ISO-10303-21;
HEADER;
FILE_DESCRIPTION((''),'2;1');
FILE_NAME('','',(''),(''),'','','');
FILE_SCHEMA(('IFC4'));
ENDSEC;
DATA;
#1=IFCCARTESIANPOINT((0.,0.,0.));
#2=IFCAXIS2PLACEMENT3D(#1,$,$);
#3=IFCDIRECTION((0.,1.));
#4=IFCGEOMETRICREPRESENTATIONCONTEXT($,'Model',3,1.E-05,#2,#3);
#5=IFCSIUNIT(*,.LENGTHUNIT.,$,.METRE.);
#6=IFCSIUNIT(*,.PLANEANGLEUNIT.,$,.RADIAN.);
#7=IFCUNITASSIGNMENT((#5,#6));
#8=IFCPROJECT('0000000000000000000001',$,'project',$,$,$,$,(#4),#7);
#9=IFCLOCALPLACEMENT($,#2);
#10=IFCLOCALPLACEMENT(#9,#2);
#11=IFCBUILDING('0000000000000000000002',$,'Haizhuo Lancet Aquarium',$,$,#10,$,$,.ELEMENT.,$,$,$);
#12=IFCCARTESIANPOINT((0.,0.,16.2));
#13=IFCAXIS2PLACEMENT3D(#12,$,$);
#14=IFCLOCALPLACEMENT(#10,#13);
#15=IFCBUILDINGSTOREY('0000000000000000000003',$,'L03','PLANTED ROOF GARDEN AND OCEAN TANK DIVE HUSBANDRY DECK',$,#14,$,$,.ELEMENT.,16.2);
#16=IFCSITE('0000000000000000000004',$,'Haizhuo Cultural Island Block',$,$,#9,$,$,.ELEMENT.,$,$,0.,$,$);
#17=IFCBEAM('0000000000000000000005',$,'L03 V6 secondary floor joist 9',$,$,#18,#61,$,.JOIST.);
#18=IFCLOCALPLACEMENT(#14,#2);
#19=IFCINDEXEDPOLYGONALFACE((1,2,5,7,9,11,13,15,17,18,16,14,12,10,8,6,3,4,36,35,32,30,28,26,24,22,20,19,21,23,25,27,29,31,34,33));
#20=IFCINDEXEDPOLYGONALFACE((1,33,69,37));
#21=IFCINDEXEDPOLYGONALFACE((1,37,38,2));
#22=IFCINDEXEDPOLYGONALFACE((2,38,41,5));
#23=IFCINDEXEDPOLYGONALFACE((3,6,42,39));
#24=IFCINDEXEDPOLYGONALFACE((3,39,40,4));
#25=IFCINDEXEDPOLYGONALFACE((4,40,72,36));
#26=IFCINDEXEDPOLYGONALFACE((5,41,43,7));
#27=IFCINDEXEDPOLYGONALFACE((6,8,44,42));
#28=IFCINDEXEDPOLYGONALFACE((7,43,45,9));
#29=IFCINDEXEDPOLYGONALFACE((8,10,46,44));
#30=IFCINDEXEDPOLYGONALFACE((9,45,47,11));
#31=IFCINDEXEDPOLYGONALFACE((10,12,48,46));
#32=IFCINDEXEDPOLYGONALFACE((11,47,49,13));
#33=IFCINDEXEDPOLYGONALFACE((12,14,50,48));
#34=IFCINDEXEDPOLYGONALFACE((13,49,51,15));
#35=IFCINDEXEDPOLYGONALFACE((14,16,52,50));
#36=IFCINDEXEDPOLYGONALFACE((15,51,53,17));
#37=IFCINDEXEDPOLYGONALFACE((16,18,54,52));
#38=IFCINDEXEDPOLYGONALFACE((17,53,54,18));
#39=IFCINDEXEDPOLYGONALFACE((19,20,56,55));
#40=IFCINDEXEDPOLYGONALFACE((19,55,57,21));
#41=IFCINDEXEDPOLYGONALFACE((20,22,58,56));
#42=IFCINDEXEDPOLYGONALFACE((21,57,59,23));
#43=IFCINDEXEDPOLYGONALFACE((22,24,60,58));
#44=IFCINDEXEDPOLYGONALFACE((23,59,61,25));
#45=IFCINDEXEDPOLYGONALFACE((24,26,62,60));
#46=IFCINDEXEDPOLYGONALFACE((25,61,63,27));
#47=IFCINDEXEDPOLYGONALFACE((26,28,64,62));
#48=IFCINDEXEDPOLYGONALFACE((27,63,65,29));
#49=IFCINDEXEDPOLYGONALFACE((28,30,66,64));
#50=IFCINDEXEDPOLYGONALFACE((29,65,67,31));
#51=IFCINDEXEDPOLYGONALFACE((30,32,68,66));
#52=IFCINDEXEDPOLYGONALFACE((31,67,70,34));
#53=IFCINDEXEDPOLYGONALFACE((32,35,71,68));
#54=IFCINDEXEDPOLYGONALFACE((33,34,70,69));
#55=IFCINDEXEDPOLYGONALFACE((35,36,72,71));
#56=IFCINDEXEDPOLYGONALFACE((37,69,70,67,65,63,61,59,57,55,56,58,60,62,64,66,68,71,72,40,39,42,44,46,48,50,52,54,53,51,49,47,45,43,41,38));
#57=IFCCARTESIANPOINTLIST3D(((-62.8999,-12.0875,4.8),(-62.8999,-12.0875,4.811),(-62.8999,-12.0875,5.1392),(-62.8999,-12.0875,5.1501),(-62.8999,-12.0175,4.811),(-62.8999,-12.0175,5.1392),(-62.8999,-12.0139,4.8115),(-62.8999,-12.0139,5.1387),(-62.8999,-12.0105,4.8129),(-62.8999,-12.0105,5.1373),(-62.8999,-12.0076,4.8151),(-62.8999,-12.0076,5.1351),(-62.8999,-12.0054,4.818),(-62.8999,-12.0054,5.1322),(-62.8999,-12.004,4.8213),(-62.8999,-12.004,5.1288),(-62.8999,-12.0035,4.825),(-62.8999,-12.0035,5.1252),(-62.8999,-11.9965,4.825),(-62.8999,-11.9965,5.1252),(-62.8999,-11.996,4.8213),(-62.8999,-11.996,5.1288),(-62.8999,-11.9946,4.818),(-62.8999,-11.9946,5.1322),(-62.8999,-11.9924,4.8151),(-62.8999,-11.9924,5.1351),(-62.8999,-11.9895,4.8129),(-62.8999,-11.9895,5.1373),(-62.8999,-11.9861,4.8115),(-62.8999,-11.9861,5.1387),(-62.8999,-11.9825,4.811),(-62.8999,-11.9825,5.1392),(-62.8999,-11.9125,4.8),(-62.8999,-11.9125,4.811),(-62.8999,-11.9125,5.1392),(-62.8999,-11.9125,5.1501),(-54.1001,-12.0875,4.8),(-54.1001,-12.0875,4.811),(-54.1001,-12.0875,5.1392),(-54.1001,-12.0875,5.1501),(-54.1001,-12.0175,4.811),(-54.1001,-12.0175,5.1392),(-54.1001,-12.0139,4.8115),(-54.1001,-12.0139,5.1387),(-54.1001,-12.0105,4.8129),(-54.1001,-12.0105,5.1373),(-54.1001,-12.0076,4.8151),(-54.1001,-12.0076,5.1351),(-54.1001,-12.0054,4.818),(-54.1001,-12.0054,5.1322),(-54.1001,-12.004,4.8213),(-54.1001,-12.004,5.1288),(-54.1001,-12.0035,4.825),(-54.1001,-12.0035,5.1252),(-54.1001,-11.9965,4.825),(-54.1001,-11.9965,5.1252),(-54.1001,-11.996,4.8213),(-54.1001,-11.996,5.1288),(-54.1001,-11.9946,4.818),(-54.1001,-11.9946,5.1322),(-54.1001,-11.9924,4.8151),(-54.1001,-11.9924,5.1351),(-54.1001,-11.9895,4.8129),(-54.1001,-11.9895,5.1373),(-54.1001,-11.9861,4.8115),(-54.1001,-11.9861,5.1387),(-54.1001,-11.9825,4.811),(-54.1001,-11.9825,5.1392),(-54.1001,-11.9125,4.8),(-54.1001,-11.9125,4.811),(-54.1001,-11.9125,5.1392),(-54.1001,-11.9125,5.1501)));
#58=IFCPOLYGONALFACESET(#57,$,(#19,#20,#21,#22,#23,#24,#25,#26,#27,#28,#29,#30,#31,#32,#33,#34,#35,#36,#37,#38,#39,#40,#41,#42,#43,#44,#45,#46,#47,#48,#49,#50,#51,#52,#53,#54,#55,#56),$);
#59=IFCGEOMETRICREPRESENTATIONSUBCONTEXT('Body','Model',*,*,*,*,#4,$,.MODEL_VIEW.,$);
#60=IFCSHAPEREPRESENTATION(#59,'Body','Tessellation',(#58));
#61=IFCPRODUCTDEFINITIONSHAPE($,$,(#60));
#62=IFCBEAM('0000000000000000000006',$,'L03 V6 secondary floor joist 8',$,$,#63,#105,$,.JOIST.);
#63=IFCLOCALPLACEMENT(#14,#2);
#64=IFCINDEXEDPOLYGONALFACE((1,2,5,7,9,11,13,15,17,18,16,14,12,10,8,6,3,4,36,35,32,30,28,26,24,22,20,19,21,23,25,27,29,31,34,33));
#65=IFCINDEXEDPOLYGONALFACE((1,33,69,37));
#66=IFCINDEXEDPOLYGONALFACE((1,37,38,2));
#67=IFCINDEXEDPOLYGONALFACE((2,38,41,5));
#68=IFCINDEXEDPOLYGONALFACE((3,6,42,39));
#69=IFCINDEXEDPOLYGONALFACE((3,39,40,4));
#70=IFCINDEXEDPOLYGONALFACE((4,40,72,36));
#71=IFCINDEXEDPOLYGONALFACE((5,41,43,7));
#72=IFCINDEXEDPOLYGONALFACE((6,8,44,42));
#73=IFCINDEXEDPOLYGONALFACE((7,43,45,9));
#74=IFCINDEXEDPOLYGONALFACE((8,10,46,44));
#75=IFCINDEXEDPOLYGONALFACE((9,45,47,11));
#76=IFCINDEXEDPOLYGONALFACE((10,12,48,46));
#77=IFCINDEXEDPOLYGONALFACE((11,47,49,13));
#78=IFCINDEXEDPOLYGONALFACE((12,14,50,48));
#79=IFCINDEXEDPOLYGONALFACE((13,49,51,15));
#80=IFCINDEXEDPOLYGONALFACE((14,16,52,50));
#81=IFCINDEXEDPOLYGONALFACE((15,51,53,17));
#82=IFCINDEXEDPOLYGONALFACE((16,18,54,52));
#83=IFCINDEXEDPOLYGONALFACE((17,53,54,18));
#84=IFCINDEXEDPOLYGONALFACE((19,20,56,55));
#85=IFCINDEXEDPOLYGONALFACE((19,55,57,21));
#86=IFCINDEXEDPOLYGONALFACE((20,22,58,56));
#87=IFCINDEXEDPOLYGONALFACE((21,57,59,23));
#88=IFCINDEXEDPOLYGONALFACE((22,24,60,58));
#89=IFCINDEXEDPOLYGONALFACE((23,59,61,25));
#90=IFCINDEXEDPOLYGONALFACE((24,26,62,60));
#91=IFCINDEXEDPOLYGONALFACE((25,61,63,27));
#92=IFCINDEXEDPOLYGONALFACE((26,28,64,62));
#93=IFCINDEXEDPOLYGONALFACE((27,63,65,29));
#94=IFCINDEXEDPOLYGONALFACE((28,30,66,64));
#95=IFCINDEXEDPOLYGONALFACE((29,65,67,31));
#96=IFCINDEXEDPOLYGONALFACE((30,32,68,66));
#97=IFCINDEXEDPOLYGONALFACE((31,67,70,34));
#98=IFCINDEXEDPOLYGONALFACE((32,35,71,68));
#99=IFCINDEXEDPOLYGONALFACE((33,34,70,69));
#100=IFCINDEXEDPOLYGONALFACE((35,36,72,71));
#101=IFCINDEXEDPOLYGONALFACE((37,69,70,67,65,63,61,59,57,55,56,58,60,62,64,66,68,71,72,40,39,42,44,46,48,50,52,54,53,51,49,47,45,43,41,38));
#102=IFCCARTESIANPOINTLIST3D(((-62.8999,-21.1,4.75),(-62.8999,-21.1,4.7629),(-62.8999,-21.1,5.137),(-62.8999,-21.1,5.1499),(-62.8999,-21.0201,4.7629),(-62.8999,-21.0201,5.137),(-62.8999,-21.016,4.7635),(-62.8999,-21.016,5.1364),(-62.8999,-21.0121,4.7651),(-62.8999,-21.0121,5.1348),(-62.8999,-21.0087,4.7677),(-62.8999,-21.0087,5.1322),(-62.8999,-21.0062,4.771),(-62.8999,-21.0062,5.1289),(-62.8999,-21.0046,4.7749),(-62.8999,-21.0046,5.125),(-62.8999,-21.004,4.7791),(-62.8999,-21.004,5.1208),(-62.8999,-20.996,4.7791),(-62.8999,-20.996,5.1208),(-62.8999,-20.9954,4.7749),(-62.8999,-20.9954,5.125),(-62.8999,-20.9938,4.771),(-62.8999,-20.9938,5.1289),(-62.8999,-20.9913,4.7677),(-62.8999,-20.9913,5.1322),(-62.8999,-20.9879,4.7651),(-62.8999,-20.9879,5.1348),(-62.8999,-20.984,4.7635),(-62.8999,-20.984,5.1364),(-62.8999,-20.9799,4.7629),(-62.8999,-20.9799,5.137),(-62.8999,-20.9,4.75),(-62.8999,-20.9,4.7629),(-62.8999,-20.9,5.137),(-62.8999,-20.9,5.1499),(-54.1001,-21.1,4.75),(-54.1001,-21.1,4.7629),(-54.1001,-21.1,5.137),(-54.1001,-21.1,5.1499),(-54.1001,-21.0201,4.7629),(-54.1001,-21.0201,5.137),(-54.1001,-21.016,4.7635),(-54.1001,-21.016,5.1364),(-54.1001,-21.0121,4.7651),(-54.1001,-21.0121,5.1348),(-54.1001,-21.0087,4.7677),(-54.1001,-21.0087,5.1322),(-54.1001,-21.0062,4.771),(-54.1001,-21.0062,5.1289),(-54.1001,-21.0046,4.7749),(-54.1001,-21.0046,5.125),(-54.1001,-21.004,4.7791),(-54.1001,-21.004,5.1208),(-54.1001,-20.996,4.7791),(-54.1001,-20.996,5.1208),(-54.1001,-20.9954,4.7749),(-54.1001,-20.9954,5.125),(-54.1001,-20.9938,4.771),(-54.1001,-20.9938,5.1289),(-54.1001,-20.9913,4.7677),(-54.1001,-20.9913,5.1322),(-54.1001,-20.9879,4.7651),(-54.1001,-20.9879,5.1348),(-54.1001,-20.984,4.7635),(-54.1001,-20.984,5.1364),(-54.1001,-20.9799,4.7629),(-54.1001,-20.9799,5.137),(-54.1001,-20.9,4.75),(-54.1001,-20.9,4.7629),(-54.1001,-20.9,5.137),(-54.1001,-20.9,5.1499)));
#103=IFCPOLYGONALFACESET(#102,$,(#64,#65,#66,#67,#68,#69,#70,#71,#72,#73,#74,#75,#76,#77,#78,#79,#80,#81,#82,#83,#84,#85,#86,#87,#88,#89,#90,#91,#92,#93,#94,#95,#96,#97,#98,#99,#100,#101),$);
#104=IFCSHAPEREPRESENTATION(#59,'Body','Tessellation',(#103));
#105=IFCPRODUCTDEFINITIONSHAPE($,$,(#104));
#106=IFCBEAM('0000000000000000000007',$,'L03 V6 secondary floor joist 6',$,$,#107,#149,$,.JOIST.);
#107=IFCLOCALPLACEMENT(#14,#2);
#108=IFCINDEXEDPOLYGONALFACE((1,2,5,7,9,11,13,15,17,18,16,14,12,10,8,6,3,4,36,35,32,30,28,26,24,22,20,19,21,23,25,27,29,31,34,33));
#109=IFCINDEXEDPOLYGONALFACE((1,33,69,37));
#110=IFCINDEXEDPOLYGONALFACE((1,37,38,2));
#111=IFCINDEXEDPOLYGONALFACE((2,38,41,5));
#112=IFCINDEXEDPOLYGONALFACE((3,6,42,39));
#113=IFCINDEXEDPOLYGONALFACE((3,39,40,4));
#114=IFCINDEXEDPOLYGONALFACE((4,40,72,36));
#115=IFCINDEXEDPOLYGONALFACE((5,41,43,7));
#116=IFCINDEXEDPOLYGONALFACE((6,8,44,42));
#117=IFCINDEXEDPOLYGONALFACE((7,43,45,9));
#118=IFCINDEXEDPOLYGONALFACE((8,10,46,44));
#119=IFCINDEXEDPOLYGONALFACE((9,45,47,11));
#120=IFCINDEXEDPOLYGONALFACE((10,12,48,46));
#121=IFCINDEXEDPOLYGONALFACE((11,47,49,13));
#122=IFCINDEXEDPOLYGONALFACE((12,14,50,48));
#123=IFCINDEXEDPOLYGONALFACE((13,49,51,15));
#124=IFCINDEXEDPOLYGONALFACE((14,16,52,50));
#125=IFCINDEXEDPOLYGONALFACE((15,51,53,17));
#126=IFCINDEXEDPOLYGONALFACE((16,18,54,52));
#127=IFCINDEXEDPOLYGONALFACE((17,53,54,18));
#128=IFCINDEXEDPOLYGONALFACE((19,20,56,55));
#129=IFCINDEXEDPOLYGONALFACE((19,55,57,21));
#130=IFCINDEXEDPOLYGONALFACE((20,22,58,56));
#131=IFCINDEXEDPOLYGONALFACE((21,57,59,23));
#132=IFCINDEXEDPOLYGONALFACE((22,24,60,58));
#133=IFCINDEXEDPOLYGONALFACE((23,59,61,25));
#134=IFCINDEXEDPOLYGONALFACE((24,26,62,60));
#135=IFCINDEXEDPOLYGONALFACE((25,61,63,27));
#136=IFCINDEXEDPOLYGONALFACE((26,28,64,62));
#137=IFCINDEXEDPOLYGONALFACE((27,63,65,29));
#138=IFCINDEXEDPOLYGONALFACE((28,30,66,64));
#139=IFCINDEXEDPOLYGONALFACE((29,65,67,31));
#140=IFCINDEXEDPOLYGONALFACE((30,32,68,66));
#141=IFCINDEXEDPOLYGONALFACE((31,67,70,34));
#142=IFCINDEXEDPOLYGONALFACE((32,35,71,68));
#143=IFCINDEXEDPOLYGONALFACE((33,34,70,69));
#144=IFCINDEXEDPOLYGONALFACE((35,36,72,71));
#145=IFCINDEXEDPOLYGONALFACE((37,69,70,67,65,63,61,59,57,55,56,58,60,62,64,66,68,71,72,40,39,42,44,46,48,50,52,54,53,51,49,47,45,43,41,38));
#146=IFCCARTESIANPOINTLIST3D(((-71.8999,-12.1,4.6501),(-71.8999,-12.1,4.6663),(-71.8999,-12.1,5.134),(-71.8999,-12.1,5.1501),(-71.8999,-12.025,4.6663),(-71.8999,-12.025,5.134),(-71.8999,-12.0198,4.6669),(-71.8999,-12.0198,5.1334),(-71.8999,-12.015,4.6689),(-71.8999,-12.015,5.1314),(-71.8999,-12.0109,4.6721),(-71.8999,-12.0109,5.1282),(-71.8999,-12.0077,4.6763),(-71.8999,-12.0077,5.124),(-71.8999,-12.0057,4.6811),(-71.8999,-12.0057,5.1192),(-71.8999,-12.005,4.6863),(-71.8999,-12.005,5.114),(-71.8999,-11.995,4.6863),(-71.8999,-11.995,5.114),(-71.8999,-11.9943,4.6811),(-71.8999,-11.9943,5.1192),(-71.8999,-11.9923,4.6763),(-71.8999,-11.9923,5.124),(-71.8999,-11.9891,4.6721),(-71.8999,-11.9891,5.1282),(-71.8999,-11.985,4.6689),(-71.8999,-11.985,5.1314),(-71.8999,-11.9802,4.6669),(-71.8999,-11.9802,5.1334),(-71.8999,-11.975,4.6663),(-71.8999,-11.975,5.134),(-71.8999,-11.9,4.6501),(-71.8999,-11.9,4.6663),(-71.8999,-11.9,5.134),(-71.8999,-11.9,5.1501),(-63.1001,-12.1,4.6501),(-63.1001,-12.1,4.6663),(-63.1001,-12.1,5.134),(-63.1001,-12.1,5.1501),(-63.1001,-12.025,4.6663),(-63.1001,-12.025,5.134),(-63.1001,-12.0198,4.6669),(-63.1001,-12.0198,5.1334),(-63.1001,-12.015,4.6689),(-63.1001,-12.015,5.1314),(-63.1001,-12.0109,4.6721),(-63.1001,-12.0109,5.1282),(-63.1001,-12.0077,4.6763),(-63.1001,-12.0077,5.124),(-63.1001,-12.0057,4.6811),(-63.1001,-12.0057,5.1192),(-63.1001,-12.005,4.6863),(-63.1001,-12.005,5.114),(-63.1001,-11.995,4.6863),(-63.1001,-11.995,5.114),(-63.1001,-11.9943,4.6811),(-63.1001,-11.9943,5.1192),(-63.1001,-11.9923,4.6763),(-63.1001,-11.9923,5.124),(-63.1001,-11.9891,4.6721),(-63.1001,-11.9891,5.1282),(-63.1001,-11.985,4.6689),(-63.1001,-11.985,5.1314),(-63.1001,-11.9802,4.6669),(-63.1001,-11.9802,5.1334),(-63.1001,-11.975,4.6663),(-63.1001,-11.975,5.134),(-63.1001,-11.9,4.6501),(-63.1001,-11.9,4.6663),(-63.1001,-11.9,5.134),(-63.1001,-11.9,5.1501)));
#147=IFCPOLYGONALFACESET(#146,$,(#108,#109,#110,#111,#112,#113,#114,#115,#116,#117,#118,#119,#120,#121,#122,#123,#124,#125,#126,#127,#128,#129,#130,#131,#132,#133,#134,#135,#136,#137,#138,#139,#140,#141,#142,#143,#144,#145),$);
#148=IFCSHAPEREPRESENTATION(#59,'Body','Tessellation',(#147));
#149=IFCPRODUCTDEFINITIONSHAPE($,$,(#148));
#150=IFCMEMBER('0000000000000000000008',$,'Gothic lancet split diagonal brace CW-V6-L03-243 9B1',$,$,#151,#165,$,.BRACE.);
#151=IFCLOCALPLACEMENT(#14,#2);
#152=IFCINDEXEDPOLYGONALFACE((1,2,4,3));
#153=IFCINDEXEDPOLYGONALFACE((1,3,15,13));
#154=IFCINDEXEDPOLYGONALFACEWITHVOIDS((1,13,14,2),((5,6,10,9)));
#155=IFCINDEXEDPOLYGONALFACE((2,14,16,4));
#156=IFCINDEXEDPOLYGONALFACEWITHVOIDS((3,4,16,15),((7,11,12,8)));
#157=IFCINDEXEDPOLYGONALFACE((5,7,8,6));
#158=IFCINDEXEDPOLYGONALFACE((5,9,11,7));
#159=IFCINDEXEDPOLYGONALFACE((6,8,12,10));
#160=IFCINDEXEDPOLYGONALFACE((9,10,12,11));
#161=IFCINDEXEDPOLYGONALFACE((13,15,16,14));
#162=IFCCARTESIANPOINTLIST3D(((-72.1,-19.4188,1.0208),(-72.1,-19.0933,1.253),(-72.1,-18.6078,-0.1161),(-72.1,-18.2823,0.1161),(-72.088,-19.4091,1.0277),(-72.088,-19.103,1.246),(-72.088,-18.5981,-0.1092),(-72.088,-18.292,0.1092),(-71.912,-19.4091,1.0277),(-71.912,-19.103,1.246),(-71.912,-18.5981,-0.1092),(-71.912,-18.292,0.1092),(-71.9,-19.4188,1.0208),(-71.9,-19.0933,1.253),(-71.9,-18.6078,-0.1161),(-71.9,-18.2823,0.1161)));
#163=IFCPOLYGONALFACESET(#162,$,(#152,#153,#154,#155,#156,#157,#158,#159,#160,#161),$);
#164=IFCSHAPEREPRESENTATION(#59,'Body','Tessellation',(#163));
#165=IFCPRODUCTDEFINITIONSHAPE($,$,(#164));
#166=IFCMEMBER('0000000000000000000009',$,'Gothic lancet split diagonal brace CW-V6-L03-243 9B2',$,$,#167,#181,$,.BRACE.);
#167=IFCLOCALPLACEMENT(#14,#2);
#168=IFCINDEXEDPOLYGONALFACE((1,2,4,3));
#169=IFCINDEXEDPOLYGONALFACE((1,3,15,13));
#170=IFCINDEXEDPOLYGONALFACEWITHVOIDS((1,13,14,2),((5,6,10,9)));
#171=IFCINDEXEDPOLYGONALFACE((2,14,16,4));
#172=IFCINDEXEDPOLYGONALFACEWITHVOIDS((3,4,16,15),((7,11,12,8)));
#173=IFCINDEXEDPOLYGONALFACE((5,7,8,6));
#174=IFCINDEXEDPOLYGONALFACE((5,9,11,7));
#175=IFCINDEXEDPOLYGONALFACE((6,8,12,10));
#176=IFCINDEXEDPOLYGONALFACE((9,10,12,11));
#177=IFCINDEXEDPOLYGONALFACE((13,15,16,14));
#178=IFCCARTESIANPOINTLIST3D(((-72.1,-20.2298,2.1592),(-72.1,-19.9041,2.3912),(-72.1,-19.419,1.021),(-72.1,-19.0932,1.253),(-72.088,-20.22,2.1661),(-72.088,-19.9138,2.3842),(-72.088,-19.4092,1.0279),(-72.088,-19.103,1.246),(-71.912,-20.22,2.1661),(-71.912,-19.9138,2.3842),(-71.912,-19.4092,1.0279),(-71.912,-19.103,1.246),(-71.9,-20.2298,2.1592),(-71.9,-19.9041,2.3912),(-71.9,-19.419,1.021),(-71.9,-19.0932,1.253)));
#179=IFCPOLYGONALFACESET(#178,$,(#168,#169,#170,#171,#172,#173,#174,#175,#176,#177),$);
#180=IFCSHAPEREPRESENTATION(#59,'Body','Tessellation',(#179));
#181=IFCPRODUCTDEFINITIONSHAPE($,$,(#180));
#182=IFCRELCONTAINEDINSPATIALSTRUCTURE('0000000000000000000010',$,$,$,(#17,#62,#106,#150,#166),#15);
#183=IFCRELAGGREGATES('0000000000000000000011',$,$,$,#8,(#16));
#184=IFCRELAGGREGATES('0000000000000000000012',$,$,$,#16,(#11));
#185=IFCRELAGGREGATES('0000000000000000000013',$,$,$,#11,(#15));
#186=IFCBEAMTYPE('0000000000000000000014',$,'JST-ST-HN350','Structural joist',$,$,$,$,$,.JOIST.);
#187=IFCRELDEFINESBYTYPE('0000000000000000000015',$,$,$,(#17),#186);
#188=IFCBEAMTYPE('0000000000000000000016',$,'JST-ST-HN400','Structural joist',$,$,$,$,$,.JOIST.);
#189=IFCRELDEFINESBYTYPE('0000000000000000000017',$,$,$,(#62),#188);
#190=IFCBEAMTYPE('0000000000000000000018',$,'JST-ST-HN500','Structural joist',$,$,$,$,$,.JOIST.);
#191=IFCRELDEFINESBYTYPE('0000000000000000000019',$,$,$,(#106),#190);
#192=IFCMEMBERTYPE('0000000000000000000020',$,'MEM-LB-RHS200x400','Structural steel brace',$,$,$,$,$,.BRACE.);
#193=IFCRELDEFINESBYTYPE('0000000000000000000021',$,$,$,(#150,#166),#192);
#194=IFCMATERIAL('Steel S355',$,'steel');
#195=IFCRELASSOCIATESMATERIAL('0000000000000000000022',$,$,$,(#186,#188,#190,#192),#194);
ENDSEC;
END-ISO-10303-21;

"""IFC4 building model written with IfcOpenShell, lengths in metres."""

from ifc_helpers import new_model, si_unit, direction, frame, origin, origin_2d, place, context, subcontext, project, spatial, hollow_rectangle, i_section, extrude, material, material_profile, profile_set, type_object, element, save


model = new_model("IFC4")

# Units and contexts
model_context = context("Model", 3, precision=1e-05, world=origin(), true_north=direction((0.0, 1.0)))
body_context = subcontext(model_context, "Body", "Model", "MODEL_VIEW")
ifc_project = project(units=[si_unit("LENGTHUNIT", "METRE"), si_unit("PLANEANGLEUNIT", "RADIAN")], contexts=[model_context])

# Site, building, storey
site_placement = place(None, origin())
site = spatial("IfcSite", under=ifc_project, at=site_placement, Name="Haizhuo Cultural Island Block", CompositionType="ELEMENT", RefElevation=0.0)
building_placement = place(site_placement, origin())
building = spatial("IfcBuilding", under=site, at=building_placement, Name="Haizhuo Lancet Aquarium", CompositionType="ELEMENT")
storey_placement = place(building_placement, frame((0.0, 0.0, 16.2)))
storey = spatial("IfcBuildingStorey", under=building, at=storey_placement, Name="L03", Description="PLANTED ROOF GARDEN AND OCEAN TANK DIVE HUSBANDRY DECK", CompositionType="ELEMENT", Elevation=16.2)

# Shared definitions
ifc_material_1 = material(Name="Steel S355", Category="steel")

# Beams
ifc_material_profile_1 = material_profile(ifc_material_1, i_section(OverallWidth=0.175, OverallDepth=0.3501, WebThickness=0.0071, FlangeThickness=0.011, FilletRadius=0.0139, at=origin_2d()), Name="HN 350x175x7x11")
ifc_profile_set_1 = profile_set([ifc_material_profile_1], Name="Steel S355")
beam_type_1 = type_object("IfcBeamType", Name="JST-ST-HN350", Description="Structural joist", PredefinedType="JOIST", material=ifc_profile_set_1)
for number, where, z_axis, x_axis, name in (
    (1, (-62.8999, -12.0, 4.9751), (1.0, 0.0, 0.0), (0.0, 1.0, 0.0), "L03 V6 secondary floor joist 9"),
):
    element("IfcBeam", number, at=place(storey_placement, frame(where, z_axis=z_axis, x_axis=x_axis)), inside=storey, type_object=beam_type_1, Name=name, PredefinedType="JOIST", context=body_context, shape_type="SweptSolid", body=[
        extrude(i_section(OverallWidth=0.175, OverallDepth=0.3501, WebThickness=0.0071, FlangeThickness=0.011, FilletRadius=0.0139, at=origin_2d()), origin(), (0.0, 0.0, 1.0), 8.7998),
    ])
ifc_material_profile_2 = material_profile(ifc_material_1, i_section(OverallWidth=0.2, OverallDepth=0.3999, WebThickness=0.0081, FlangeThickness=0.0129, FilletRadius=0.0161, at=origin_2d()), Name="HN 400x200x8x13")
ifc_profile_set_2 = profile_set([ifc_material_profile_2], Name="Steel S355")
beam_type_2 = type_object("IfcBeamType", Name="JST-ST-HN400", Description="Structural joist", PredefinedType="JOIST", material=ifc_profile_set_2)
beam_1_placement = place(storey_placement, frame((-62.8999, -21.0, 4.95), z_axis=(1.0, 0.0, 0.0), x_axis=(0.0, 1.0, 0.0)))
element("IfcBeam", 2, at=beam_1_placement, inside=storey, type_object=beam_type_2, Name="L03 V6 secondary floor joist 8", PredefinedType="JOIST", context=body_context, shape_type="SweptSolid", body=[
    extrude(i_section(OverallWidth=0.2, OverallDepth=0.3999, WebThickness=0.0081, FlangeThickness=0.0129, FilletRadius=0.0161, at=origin_2d()), origin(), (0.0, 0.0, 1.0), 8.7998),
])
ifc_material_profile_3 = material_profile(ifc_material_1, i_section(OverallWidth=0.2, OverallDepth=0.5, WebThickness=0.01, FlangeThickness=0.0161, FilletRadius=0.02, at=origin_2d()), Name="HN 500x200x10x16")
ifc_profile_set_3 = profile_set([ifc_material_profile_3], Name="Steel S355")
beam_type_3 = type_object("IfcBeamType", Name="JST-ST-HN500", Description="Structural joist", PredefinedType="JOIST", material=ifc_profile_set_3)
beam_2_placement = place(storey_placement, frame((-71.8999, -12.0, 4.9001), z_axis=(1.0, 0.0, 0.0), x_axis=(0.0, 1.0, 0.0)))
element("IfcBeam", 3, at=beam_2_placement, inside=storey, type_object=beam_type_3, Name="L03 V6 secondary floor joist 6", PredefinedType="JOIST", context=body_context, shape_type="SweptSolid", body=[
    extrude(i_section(OverallWidth=0.2, OverallDepth=0.5, WebThickness=0.01, FlangeThickness=0.0161, FilletRadius=0.02, at=origin_2d()), origin(), (0.0, 0.0, 1.0), 8.7998),
])

# Members
ifc_material_profile_4 = material_profile(ifc_material_1, hollow_rectangle(XDim=0.2, YDim=0.3999, WallThickness=0.012, at=origin_2d()), Name="RHS 200x400x12")
ifc_profile_set_4 = profile_set([ifc_material_profile_4], Name="Steel S355")
member_type_1 = type_object("IfcMemberType", Name="MEM-LB-RHS200x400", Description="Structural steel brace", PredefinedType="BRACE", material=ifc_profile_set_4)
member_1_placement = place(storey_placement, frame((-72.0, -18.4451, 0.0), z_axis=(0.0, -0.580725, 0.814099), x_axis=(1.0, 0.0, 0.0)))
element("IfcMember", 4, at=member_1_placement, inside=storey, type_object=member_type_1, Name="Gothic lancet split diagonal brace CW-V6-L03-243 9B1", PredefinedType="BRACE", context=body_context, shape_type="SweptSolid", body=[
    extrude(hollow_rectangle(XDim=0.2, YDim=0.3999, WallThickness=0.012, at=origin_2d()), origin(), (0.0, 0.0, 1.0), 1.3965),
])
for number, where, z_axis, x_axis, name in (
    (5, (-72.0, -19.2561, 1.137), (0.0, -0.580197, 0.814476), (1.0, 0.0, 0.0), "Gothic lancet split diagonal brace CW-V6-L03-243 9B2"),
):
    element("IfcMember", number, at=place(storey_placement, frame(where, z_axis=z_axis, x_axis=x_axis)), inside=storey, type_object=member_type_1, Name=name, PredefinedType="BRACE", context=body_context, shape_type="SweptSolid", body=[
        extrude(hollow_rectangle(XDim=0.2, YDim=0.3999, WallThickness=0.012, at=origin_2d()), origin(), (0.0, 0.0, 1.0), 1.3975),
    ])

save(model, "model.ifc")
